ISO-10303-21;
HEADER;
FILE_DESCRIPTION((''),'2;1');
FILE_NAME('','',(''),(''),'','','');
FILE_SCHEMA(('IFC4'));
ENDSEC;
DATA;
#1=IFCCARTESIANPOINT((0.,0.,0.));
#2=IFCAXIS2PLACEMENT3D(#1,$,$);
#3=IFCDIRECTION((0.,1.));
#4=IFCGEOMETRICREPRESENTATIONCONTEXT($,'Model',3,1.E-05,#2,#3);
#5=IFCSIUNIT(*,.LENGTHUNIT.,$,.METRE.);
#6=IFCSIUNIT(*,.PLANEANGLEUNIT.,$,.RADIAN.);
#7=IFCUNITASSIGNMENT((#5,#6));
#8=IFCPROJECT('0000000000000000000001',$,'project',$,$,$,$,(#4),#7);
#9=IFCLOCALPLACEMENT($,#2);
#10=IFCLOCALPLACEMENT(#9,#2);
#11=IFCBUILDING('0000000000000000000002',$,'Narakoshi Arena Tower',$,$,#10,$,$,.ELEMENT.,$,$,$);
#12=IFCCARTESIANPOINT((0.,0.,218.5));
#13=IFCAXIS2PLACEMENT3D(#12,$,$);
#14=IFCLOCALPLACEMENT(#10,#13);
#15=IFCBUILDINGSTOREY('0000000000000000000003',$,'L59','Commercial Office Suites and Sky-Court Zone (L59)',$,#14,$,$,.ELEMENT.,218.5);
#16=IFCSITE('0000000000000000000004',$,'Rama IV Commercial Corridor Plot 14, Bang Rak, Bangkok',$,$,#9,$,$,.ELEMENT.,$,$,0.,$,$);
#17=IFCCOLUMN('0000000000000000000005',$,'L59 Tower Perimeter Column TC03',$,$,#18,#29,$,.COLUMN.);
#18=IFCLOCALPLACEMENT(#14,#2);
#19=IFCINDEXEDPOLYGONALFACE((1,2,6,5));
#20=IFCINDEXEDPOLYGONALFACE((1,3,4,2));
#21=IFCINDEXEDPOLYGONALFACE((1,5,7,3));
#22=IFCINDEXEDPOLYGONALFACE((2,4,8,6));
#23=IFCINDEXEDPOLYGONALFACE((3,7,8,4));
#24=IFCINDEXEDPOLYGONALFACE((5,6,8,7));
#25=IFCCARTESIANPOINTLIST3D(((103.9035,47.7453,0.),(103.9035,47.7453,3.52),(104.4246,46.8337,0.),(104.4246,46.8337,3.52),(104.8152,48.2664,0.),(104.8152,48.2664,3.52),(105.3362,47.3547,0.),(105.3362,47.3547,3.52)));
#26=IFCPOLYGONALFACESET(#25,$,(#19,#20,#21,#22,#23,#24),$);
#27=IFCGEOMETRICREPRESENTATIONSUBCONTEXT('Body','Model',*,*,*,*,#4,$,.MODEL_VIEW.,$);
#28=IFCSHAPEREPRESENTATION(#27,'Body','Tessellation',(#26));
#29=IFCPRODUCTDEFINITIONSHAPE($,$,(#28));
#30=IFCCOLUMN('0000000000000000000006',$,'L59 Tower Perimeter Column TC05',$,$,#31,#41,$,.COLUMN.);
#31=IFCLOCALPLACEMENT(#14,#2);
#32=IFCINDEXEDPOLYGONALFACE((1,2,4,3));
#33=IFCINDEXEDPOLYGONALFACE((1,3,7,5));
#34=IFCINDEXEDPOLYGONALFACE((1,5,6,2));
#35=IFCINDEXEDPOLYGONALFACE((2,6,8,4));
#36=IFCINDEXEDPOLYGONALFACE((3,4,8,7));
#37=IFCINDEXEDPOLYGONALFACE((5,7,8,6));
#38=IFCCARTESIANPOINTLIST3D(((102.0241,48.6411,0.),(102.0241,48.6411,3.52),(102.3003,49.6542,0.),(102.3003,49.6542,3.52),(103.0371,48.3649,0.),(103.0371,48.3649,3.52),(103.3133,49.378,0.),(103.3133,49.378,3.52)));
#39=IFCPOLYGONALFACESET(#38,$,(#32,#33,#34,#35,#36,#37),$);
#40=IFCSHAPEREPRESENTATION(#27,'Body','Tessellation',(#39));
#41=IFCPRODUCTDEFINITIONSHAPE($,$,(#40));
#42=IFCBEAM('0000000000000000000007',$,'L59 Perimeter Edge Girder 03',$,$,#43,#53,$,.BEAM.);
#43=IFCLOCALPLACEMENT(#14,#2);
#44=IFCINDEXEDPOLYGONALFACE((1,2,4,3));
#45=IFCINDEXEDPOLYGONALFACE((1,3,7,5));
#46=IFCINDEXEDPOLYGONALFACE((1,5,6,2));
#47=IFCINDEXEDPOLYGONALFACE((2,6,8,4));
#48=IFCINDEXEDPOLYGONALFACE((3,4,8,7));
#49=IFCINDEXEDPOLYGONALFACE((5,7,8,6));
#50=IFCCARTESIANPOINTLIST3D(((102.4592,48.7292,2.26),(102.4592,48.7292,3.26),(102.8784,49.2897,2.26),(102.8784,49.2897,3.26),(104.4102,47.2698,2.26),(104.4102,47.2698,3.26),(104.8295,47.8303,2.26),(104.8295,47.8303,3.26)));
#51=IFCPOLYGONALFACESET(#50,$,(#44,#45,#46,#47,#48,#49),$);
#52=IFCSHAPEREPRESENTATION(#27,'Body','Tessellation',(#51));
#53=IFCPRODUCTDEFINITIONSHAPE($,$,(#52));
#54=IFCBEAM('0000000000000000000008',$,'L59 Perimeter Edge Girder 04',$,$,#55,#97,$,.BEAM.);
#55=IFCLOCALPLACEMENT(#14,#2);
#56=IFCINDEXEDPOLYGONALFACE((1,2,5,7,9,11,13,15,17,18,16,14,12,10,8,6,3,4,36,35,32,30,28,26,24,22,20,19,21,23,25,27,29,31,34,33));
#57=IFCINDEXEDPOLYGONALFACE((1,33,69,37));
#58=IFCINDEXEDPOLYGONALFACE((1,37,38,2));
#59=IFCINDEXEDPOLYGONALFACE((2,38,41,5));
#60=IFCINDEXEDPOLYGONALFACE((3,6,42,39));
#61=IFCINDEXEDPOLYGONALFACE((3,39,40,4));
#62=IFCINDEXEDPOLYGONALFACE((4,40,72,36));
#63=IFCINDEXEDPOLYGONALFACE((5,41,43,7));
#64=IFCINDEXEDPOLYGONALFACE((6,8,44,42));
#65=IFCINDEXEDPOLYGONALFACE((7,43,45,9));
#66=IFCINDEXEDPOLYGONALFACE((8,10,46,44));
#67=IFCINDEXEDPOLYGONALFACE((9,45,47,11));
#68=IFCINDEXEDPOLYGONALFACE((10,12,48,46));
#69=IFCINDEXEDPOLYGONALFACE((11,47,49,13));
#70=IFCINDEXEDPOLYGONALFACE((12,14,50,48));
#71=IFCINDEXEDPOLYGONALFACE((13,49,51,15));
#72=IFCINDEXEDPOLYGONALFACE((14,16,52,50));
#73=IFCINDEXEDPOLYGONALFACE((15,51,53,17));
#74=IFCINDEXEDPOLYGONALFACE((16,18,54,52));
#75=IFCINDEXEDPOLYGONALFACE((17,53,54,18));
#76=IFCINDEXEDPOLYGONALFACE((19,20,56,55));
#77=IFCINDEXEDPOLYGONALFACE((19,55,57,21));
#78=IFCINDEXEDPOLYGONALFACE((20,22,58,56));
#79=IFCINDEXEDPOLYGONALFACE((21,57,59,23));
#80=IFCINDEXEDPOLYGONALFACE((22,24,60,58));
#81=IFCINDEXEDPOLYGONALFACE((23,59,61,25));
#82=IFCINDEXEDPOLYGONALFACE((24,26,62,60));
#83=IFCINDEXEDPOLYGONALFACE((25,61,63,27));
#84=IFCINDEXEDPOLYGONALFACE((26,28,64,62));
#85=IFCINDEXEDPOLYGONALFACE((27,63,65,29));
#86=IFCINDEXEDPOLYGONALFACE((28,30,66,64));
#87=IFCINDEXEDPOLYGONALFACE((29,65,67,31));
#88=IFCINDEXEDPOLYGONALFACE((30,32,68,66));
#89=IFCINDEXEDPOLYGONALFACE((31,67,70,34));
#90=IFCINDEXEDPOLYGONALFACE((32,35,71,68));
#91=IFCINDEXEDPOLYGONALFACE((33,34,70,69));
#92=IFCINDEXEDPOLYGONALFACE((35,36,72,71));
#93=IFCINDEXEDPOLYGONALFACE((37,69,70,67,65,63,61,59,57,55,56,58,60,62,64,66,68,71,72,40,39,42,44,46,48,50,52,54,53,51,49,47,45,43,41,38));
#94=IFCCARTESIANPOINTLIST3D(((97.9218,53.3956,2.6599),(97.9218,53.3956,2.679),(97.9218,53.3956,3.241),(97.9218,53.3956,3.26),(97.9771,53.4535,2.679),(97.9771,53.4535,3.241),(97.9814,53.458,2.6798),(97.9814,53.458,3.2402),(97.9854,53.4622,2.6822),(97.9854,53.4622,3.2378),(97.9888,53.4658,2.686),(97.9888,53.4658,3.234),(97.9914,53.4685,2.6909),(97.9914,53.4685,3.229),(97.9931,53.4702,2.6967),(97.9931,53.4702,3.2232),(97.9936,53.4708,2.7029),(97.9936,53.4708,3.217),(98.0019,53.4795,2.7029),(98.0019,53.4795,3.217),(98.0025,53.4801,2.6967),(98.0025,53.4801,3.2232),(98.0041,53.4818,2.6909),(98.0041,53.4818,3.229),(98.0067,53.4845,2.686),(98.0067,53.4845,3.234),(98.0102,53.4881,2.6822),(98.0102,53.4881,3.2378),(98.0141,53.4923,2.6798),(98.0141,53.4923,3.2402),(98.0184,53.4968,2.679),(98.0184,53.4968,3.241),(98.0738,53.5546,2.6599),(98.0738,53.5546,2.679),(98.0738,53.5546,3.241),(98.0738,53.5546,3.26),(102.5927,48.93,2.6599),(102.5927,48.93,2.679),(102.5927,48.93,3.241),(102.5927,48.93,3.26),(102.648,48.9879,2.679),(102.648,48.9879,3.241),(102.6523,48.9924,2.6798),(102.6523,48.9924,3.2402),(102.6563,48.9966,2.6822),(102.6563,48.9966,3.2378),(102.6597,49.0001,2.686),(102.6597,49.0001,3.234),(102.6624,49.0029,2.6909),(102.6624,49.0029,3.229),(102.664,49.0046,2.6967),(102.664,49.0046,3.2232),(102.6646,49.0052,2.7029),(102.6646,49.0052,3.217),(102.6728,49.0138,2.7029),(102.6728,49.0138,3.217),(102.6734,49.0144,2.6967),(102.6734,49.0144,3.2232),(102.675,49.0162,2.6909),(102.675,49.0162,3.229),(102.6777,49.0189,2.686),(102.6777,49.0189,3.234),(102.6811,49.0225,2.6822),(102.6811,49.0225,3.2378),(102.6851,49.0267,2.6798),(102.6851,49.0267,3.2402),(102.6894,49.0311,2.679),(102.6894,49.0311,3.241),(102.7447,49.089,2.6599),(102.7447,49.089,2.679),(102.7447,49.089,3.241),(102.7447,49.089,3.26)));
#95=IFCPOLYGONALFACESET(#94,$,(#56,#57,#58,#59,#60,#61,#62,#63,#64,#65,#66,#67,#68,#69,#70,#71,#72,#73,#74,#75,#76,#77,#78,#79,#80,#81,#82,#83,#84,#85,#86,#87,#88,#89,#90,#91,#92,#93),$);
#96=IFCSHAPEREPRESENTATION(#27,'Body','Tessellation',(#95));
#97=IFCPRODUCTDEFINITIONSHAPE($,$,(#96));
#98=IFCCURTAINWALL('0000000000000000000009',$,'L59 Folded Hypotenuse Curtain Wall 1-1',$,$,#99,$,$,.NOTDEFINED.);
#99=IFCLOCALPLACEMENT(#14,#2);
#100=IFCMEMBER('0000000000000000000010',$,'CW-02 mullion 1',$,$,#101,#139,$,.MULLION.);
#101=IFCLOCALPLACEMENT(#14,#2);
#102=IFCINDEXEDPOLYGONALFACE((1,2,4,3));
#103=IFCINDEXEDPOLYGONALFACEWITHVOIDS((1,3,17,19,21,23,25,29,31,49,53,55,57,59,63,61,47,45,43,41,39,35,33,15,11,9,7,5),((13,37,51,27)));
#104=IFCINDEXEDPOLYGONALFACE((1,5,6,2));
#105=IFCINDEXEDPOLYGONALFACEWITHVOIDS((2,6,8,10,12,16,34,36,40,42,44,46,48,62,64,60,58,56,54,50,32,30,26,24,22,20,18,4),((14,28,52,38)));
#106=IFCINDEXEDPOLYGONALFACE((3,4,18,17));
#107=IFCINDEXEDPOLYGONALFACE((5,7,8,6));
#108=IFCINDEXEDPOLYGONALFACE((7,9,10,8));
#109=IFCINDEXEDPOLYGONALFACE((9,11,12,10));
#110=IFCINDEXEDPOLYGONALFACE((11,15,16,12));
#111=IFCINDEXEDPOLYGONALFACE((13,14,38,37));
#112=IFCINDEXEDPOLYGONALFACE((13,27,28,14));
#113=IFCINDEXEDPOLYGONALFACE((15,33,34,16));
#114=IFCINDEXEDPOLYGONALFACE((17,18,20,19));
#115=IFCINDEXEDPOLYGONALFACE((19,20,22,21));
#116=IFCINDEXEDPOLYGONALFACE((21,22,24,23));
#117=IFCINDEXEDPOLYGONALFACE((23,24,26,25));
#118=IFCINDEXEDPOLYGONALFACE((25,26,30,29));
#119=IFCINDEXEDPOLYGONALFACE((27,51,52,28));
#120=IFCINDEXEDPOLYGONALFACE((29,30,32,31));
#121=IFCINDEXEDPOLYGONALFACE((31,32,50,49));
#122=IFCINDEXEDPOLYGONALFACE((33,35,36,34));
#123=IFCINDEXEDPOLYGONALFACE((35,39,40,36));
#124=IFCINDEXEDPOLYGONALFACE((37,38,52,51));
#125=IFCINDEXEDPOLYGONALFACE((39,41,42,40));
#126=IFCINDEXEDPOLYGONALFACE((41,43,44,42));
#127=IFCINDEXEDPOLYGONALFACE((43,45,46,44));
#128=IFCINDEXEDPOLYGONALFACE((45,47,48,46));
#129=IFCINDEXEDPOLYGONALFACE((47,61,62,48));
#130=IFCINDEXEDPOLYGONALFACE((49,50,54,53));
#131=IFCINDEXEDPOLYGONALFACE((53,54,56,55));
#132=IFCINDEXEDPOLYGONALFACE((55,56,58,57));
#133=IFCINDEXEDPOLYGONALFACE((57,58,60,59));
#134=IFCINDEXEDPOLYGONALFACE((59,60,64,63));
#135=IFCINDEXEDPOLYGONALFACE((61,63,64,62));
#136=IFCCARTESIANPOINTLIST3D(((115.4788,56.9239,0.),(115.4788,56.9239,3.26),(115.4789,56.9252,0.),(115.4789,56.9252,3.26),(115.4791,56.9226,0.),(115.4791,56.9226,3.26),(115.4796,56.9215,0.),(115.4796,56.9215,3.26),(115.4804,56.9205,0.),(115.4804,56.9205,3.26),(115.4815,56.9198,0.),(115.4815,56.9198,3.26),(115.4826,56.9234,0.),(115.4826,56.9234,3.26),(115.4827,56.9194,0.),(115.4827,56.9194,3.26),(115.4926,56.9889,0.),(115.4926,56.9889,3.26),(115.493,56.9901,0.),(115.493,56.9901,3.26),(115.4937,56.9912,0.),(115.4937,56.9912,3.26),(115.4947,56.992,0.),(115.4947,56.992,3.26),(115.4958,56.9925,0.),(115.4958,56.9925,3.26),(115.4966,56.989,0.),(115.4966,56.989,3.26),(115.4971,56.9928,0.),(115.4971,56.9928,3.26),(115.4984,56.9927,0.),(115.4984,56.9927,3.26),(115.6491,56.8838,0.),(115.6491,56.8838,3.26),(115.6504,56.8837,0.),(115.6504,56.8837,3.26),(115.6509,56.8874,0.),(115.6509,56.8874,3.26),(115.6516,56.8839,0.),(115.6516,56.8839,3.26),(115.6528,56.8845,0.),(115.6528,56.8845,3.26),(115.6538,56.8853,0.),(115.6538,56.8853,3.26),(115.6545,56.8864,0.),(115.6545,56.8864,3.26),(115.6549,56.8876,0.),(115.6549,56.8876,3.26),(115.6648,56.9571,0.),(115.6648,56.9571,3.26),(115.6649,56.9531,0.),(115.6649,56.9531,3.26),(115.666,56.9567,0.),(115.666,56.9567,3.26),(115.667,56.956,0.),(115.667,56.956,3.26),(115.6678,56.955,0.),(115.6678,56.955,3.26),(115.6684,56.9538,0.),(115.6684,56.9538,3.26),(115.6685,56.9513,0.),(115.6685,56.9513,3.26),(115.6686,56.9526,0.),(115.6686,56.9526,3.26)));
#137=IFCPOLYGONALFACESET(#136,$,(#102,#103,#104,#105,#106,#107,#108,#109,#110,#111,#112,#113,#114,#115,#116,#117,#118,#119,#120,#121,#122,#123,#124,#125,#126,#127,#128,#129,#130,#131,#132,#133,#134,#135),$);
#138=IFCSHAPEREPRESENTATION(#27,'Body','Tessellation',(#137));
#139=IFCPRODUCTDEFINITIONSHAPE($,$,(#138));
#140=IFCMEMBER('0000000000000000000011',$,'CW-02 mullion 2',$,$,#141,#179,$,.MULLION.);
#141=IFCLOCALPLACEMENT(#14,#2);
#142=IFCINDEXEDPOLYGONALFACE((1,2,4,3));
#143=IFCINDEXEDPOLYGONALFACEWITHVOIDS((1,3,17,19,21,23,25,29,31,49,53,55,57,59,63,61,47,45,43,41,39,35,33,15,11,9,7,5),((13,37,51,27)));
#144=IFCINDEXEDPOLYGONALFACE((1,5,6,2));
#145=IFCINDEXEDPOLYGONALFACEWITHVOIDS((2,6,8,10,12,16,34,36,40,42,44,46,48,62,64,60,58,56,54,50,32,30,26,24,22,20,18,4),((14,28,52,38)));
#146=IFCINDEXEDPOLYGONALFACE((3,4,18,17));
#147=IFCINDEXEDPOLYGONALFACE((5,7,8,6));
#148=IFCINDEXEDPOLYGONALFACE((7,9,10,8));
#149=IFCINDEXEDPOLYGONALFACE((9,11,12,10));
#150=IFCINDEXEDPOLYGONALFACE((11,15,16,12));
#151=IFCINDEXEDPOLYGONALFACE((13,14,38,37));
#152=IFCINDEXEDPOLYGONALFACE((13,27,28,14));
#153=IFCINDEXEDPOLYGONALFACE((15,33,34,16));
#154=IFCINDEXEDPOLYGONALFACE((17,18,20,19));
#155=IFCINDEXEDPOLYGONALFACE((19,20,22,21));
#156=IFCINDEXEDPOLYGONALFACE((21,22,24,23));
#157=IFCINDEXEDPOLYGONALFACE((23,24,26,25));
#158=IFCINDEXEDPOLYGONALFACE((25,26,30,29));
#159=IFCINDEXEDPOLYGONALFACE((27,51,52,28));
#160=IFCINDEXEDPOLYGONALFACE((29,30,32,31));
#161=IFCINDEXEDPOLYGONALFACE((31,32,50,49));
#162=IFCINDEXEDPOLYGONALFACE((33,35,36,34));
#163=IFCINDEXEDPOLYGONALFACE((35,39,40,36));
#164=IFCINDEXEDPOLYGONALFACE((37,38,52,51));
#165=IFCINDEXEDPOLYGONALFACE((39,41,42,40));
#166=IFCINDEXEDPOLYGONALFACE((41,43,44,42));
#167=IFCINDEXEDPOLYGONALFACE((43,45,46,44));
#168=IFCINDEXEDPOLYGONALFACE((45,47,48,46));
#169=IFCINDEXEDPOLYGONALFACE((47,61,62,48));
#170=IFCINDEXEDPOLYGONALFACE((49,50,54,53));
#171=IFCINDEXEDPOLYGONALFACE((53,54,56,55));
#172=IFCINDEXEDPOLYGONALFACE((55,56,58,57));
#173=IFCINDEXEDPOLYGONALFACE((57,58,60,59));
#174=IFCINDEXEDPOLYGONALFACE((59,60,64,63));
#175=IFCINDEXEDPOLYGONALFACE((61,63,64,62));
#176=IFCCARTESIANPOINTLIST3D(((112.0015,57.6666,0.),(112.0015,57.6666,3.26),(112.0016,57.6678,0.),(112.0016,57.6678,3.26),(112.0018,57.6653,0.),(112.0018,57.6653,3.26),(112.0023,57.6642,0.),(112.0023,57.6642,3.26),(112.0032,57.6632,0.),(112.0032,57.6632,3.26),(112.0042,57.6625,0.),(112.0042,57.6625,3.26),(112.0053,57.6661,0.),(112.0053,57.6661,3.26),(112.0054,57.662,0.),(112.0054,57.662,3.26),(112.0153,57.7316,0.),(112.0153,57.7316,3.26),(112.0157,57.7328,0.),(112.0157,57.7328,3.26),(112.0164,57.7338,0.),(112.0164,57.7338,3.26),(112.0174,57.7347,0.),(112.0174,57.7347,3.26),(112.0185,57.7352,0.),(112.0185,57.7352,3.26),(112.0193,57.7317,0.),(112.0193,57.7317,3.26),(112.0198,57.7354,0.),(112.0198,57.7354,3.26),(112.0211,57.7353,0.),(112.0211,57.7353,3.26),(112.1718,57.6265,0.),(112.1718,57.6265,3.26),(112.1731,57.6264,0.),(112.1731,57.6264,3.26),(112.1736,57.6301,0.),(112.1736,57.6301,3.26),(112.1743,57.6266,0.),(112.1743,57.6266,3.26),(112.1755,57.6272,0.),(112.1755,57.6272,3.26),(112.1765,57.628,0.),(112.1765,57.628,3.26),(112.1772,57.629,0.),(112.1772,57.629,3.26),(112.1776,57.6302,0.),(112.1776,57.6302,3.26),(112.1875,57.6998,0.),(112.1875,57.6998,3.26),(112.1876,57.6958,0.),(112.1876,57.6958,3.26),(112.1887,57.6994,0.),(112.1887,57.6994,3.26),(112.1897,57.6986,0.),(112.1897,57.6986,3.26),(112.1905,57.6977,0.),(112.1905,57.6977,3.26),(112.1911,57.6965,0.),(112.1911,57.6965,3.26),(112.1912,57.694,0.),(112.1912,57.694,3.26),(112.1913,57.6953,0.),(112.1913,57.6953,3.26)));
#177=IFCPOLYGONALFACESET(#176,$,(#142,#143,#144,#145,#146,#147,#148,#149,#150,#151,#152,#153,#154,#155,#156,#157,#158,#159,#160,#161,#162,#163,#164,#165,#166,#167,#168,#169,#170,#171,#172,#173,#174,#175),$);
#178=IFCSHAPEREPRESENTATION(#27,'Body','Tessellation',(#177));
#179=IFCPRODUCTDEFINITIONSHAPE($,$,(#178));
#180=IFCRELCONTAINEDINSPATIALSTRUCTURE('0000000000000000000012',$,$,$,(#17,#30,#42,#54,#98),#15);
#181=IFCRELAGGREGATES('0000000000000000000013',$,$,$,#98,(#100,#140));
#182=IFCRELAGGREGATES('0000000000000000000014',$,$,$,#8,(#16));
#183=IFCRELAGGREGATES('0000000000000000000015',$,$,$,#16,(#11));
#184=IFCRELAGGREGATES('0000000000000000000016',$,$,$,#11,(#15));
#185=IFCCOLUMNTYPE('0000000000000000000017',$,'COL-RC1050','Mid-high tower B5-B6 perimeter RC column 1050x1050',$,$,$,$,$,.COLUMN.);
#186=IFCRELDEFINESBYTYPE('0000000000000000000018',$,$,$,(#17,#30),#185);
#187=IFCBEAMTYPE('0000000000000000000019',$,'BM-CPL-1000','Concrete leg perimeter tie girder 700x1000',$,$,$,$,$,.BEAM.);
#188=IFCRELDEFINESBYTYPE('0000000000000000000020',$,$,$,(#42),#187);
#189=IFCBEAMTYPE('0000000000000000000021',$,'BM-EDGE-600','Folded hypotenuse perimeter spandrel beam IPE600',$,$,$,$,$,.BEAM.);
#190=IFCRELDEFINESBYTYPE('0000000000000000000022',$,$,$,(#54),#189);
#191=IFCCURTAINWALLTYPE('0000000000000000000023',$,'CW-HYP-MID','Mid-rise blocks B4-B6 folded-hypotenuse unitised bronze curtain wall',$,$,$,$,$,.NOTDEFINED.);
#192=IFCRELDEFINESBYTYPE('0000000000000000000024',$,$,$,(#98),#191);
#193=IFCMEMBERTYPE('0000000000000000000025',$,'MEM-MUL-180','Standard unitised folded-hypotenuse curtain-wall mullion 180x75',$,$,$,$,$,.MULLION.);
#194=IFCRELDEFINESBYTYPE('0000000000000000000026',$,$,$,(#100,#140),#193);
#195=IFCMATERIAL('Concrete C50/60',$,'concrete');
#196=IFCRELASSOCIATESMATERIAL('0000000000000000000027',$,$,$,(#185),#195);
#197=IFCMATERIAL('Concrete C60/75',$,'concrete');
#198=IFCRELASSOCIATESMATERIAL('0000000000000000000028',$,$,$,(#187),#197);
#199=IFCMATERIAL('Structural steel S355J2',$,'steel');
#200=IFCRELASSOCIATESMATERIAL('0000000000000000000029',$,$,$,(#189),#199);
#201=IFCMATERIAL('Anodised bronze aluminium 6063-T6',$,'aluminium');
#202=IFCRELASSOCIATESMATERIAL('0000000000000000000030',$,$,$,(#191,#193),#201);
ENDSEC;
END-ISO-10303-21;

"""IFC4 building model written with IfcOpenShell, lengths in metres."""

from ifc_helpers import new_model, si_unit, direction, frame, origin, origin_2d, place, context, subcontext, project, spatial, rectangle, hollow_rectangle, i_section, extrude, material, material_profile, profile_set, type_object, element, aggregate, save


model = new_model("IFC4")

# Units and contexts
model_context = context("Model", 3, precision=1e-05, world=origin(), true_north=direction((0.0, 1.0)))
body_context = subcontext(model_context, "Body", "Model", "MODEL_VIEW")
ifc_project = project(units=[si_unit("LENGTHUNIT", "METRE"), si_unit("PLANEANGLEUNIT", "RADIAN")], contexts=[model_context])

# Site, building, storey
site_placement = place(None, origin())
site = spatial("IfcSite", under=ifc_project, at=site_placement, Name="Rama IV Commercial Corridor Plot 14, Bang Rak, Bangkok", CompositionType="ELEMENT", RefElevation=0.0)
building_placement = place(site_placement, origin())
building = spatial("IfcBuilding", under=site, at=building_placement, Name="Narakoshi Arena Tower", CompositionType="ELEMENT")
storey_placement = place(building_placement, frame((0.0, 0.0, 218.5)))
storey = spatial("IfcBuildingStorey", under=building, at=storey_placement, Name="L59", Description="Commercial Office Suites and Sky-Court Zone (L59)", CompositionType="ELEMENT", Elevation=218.5)

# Columns
ifc_material_1 = material(Name="Concrete C50/60", Category="concrete")
ifc_material_profile_1 = material_profile(ifc_material_1, rectangle(XDim=1.05, YDim=1.05, at=origin_2d()), Name="RC1050x1050")
ifc_profile_set_1 = profile_set([ifc_material_profile_1], Name="Concrete C50/60")
column_type = type_object("IfcColumnType", Name="COL-RC1050", Description="Mid-high tower B5-B6 perimeter RC column 1050x1050", PredefinedType="COLUMN", material=ifc_profile_set_1)
for number, where, z_axis, x_axis, name in (
    (1, (104.6199, 47.55, 0.0), (0.0, 0.0, 1.0), (0.868199, 0.496217, 0.0), "L59 Tower Perimeter Column TC03"),
    (2, (102.6687, 49.0095, 0.0), (0.0, 0.0, 1.0), (0.263031, 0.964787, 0.0), "L59 Tower Perimeter Column TC05"),
):
    element("IfcColumn", number, at=place(storey_placement, frame(where, z_axis=z_axis, x_axis=x_axis)), inside=storey, type_object=column_type, Name=name, PredefinedType="COLUMN", context=body_context, shape_type="SweptSolid", body=[
        extrude(rectangle(XDim=1.05, YDim=1.05, at=origin_2d()), origin(), (0.0, 0.0, 1.0), 3.52),
    ])

# Beams
ifc_material_2 = material(Name="Concrete C60/75", Category="concrete")
ifc_material_profile_2 = material_profile(ifc_material_2, rectangle(XDim=0.7, YDim=1.0, at=origin_2d()), Name="RCB700x1000")
ifc_profile_set_2 = profile_set([ifc_material_profile_2], Name="Concrete C60/75")
beam_type_1 = type_object("IfcBeamType", Name="BM-CPL-1000", Description="Concrete leg perimeter tie girder 700x1000", PredefinedType="BEAM", material=ifc_profile_set_2)
beam_1_placement = place(storey_placement, frame((104.6199, 47.55, 2.76), z_axis=(-0.800769, 0.598973, 0.0), x_axis=(-0.598973, -0.800769, 0.0)))
element("IfcBeam", 3, at=beam_1_placement, inside=storey, type_object=beam_type_1, Name="L59 Perimeter Edge Girder 03", PredefinedType="BEAM", context=body_context, shape_type="SweptSolid", body=[
    extrude(rectangle(XDim=0.7, YDim=1.0, at=origin_2d()), origin(), (0.0, 0.0, 1.0), 2.4365),
])
ifc_material_3 = material(Name="Structural steel S355J2", Category="steel")
ifc_material_profile_3 = material_profile(ifc_material_3, i_section(OverallWidth=0.22, OverallDepth=0.6001, WebThickness=0.012, FlangeThickness=0.019, FilletRadius=0.0239, at=origin_2d()), Name="IPE600")
ifc_profile_set_3 = profile_set([ifc_material_profile_3], Name="Structural steel S355J2")
beam_type_2 = type_object("IfcBeamType", Name="BM-EDGE-600", Description="Folded hypotenuse perimeter spandrel beam IPE600", PredefinedType="BEAM", material=ifc_profile_set_3)
beam_2_placement = place(storey_placement, frame((102.6687, 49.0095, 2.96), z_axis=(-0.722815, 0.691042, 0.0), x_axis=(-0.691042, -0.722815, 0.0)))
element("IfcBeam", 4, at=beam_2_placement, inside=storey, type_object=beam_type_2, Name="L59 Perimeter Edge Girder 04", PredefinedType="BEAM", context=body_context, shape_type="SweptSolid", body=[
    extrude(i_section(OverallWidth=0.22, OverallDepth=0.6001, WebThickness=0.012, FlangeThickness=0.019, FilletRadius=0.0239, at=origin_2d()), origin(), (0.0, 0.0, 1.0), 6.4622),
])

# Curtain wall, members
ifc_material_4 = material(Name="Anodised bronze aluminium 6063-T6", Category="aluminium")
curtain_wall_type = type_object("IfcCurtainWallType", Name="CW-HYP-MID", Description="Mid-rise blocks B4-B6 folded-hypotenuse unitised bronze curtain wall", PredefinedType="NOTDEFINED", material=ifc_material_4)
curtain_wall_placement = place(storey_placement, origin())
curtain_wall = element("IfcCurtainWall", 5, at=curtain_wall_placement, inside=storey, type_object=curtain_wall_type, Name="L59 Folded Hypotenuse Curtain Wall 1-1", PredefinedType="NOTDEFINED")
ifc_material_profile_4 = material_profile(ifc_material_4, hollow_rectangle(XDim=0.075, YDim=0.1799, WallThickness=0.0039, OuterFilletRadius=0.0049, at=origin_2d()), Name="MUL180x75x4")
ifc_profile_set_4 = profile_set([ifc_material_profile_4], Name="Anodised bronze aluminium 6063-T6")
member_type_1 = type_object("IfcMemberType", Name="MEM-MUL-180", Description="Standard unitised folded-hypotenuse curtain-wall mullion 180x75", PredefinedType="MULLION", material=ifc_profile_set_4)
member_1_placement = place(storey_placement, frame((115.5737, 56.9382, 0.0), z_axis=(0.0, 0.0, 1.0), x_axis=(-0.208899, -0.977937, 0.0)))
member_1 = element("IfcMember", 6, at=member_1_placement, type_object=member_type_1, Name="CW-02 mullion 1", PredefinedType="MULLION", context=body_context, shape_type="SweptSolid", body=[
    extrude(hollow_rectangle(XDim=0.075, YDim=0.1799, WallThickness=0.0039, OuterFilletRadius=0.0049, at=origin_2d()), origin(), (0.0, 0.0, 1.0), 3.26),
])
member_2_placement = place(storey_placement, frame((112.0964, 57.6809, 0.0), z_axis=(0.0, 0.0, 1.0), x_axis=(-0.208899, -0.977937, 0.0)))
member_2 = element("IfcMember", 7, at=member_2_placement, type_object=member_type_1, Name="CW-02 mullion 2", PredefinedType="MULLION", context=body_context, shape_type="SweptSolid", body=[
    extrude(hollow_rectangle(XDim=0.075, YDim=0.1799, WallThickness=0.0039, OuterFilletRadius=0.0049, at=origin_2d()), origin(), (0.0, 0.0, 1.0), 3.26),
])
aggregate(curtain_wall, [member_1, member_2])

save(model, "model.ifc")
